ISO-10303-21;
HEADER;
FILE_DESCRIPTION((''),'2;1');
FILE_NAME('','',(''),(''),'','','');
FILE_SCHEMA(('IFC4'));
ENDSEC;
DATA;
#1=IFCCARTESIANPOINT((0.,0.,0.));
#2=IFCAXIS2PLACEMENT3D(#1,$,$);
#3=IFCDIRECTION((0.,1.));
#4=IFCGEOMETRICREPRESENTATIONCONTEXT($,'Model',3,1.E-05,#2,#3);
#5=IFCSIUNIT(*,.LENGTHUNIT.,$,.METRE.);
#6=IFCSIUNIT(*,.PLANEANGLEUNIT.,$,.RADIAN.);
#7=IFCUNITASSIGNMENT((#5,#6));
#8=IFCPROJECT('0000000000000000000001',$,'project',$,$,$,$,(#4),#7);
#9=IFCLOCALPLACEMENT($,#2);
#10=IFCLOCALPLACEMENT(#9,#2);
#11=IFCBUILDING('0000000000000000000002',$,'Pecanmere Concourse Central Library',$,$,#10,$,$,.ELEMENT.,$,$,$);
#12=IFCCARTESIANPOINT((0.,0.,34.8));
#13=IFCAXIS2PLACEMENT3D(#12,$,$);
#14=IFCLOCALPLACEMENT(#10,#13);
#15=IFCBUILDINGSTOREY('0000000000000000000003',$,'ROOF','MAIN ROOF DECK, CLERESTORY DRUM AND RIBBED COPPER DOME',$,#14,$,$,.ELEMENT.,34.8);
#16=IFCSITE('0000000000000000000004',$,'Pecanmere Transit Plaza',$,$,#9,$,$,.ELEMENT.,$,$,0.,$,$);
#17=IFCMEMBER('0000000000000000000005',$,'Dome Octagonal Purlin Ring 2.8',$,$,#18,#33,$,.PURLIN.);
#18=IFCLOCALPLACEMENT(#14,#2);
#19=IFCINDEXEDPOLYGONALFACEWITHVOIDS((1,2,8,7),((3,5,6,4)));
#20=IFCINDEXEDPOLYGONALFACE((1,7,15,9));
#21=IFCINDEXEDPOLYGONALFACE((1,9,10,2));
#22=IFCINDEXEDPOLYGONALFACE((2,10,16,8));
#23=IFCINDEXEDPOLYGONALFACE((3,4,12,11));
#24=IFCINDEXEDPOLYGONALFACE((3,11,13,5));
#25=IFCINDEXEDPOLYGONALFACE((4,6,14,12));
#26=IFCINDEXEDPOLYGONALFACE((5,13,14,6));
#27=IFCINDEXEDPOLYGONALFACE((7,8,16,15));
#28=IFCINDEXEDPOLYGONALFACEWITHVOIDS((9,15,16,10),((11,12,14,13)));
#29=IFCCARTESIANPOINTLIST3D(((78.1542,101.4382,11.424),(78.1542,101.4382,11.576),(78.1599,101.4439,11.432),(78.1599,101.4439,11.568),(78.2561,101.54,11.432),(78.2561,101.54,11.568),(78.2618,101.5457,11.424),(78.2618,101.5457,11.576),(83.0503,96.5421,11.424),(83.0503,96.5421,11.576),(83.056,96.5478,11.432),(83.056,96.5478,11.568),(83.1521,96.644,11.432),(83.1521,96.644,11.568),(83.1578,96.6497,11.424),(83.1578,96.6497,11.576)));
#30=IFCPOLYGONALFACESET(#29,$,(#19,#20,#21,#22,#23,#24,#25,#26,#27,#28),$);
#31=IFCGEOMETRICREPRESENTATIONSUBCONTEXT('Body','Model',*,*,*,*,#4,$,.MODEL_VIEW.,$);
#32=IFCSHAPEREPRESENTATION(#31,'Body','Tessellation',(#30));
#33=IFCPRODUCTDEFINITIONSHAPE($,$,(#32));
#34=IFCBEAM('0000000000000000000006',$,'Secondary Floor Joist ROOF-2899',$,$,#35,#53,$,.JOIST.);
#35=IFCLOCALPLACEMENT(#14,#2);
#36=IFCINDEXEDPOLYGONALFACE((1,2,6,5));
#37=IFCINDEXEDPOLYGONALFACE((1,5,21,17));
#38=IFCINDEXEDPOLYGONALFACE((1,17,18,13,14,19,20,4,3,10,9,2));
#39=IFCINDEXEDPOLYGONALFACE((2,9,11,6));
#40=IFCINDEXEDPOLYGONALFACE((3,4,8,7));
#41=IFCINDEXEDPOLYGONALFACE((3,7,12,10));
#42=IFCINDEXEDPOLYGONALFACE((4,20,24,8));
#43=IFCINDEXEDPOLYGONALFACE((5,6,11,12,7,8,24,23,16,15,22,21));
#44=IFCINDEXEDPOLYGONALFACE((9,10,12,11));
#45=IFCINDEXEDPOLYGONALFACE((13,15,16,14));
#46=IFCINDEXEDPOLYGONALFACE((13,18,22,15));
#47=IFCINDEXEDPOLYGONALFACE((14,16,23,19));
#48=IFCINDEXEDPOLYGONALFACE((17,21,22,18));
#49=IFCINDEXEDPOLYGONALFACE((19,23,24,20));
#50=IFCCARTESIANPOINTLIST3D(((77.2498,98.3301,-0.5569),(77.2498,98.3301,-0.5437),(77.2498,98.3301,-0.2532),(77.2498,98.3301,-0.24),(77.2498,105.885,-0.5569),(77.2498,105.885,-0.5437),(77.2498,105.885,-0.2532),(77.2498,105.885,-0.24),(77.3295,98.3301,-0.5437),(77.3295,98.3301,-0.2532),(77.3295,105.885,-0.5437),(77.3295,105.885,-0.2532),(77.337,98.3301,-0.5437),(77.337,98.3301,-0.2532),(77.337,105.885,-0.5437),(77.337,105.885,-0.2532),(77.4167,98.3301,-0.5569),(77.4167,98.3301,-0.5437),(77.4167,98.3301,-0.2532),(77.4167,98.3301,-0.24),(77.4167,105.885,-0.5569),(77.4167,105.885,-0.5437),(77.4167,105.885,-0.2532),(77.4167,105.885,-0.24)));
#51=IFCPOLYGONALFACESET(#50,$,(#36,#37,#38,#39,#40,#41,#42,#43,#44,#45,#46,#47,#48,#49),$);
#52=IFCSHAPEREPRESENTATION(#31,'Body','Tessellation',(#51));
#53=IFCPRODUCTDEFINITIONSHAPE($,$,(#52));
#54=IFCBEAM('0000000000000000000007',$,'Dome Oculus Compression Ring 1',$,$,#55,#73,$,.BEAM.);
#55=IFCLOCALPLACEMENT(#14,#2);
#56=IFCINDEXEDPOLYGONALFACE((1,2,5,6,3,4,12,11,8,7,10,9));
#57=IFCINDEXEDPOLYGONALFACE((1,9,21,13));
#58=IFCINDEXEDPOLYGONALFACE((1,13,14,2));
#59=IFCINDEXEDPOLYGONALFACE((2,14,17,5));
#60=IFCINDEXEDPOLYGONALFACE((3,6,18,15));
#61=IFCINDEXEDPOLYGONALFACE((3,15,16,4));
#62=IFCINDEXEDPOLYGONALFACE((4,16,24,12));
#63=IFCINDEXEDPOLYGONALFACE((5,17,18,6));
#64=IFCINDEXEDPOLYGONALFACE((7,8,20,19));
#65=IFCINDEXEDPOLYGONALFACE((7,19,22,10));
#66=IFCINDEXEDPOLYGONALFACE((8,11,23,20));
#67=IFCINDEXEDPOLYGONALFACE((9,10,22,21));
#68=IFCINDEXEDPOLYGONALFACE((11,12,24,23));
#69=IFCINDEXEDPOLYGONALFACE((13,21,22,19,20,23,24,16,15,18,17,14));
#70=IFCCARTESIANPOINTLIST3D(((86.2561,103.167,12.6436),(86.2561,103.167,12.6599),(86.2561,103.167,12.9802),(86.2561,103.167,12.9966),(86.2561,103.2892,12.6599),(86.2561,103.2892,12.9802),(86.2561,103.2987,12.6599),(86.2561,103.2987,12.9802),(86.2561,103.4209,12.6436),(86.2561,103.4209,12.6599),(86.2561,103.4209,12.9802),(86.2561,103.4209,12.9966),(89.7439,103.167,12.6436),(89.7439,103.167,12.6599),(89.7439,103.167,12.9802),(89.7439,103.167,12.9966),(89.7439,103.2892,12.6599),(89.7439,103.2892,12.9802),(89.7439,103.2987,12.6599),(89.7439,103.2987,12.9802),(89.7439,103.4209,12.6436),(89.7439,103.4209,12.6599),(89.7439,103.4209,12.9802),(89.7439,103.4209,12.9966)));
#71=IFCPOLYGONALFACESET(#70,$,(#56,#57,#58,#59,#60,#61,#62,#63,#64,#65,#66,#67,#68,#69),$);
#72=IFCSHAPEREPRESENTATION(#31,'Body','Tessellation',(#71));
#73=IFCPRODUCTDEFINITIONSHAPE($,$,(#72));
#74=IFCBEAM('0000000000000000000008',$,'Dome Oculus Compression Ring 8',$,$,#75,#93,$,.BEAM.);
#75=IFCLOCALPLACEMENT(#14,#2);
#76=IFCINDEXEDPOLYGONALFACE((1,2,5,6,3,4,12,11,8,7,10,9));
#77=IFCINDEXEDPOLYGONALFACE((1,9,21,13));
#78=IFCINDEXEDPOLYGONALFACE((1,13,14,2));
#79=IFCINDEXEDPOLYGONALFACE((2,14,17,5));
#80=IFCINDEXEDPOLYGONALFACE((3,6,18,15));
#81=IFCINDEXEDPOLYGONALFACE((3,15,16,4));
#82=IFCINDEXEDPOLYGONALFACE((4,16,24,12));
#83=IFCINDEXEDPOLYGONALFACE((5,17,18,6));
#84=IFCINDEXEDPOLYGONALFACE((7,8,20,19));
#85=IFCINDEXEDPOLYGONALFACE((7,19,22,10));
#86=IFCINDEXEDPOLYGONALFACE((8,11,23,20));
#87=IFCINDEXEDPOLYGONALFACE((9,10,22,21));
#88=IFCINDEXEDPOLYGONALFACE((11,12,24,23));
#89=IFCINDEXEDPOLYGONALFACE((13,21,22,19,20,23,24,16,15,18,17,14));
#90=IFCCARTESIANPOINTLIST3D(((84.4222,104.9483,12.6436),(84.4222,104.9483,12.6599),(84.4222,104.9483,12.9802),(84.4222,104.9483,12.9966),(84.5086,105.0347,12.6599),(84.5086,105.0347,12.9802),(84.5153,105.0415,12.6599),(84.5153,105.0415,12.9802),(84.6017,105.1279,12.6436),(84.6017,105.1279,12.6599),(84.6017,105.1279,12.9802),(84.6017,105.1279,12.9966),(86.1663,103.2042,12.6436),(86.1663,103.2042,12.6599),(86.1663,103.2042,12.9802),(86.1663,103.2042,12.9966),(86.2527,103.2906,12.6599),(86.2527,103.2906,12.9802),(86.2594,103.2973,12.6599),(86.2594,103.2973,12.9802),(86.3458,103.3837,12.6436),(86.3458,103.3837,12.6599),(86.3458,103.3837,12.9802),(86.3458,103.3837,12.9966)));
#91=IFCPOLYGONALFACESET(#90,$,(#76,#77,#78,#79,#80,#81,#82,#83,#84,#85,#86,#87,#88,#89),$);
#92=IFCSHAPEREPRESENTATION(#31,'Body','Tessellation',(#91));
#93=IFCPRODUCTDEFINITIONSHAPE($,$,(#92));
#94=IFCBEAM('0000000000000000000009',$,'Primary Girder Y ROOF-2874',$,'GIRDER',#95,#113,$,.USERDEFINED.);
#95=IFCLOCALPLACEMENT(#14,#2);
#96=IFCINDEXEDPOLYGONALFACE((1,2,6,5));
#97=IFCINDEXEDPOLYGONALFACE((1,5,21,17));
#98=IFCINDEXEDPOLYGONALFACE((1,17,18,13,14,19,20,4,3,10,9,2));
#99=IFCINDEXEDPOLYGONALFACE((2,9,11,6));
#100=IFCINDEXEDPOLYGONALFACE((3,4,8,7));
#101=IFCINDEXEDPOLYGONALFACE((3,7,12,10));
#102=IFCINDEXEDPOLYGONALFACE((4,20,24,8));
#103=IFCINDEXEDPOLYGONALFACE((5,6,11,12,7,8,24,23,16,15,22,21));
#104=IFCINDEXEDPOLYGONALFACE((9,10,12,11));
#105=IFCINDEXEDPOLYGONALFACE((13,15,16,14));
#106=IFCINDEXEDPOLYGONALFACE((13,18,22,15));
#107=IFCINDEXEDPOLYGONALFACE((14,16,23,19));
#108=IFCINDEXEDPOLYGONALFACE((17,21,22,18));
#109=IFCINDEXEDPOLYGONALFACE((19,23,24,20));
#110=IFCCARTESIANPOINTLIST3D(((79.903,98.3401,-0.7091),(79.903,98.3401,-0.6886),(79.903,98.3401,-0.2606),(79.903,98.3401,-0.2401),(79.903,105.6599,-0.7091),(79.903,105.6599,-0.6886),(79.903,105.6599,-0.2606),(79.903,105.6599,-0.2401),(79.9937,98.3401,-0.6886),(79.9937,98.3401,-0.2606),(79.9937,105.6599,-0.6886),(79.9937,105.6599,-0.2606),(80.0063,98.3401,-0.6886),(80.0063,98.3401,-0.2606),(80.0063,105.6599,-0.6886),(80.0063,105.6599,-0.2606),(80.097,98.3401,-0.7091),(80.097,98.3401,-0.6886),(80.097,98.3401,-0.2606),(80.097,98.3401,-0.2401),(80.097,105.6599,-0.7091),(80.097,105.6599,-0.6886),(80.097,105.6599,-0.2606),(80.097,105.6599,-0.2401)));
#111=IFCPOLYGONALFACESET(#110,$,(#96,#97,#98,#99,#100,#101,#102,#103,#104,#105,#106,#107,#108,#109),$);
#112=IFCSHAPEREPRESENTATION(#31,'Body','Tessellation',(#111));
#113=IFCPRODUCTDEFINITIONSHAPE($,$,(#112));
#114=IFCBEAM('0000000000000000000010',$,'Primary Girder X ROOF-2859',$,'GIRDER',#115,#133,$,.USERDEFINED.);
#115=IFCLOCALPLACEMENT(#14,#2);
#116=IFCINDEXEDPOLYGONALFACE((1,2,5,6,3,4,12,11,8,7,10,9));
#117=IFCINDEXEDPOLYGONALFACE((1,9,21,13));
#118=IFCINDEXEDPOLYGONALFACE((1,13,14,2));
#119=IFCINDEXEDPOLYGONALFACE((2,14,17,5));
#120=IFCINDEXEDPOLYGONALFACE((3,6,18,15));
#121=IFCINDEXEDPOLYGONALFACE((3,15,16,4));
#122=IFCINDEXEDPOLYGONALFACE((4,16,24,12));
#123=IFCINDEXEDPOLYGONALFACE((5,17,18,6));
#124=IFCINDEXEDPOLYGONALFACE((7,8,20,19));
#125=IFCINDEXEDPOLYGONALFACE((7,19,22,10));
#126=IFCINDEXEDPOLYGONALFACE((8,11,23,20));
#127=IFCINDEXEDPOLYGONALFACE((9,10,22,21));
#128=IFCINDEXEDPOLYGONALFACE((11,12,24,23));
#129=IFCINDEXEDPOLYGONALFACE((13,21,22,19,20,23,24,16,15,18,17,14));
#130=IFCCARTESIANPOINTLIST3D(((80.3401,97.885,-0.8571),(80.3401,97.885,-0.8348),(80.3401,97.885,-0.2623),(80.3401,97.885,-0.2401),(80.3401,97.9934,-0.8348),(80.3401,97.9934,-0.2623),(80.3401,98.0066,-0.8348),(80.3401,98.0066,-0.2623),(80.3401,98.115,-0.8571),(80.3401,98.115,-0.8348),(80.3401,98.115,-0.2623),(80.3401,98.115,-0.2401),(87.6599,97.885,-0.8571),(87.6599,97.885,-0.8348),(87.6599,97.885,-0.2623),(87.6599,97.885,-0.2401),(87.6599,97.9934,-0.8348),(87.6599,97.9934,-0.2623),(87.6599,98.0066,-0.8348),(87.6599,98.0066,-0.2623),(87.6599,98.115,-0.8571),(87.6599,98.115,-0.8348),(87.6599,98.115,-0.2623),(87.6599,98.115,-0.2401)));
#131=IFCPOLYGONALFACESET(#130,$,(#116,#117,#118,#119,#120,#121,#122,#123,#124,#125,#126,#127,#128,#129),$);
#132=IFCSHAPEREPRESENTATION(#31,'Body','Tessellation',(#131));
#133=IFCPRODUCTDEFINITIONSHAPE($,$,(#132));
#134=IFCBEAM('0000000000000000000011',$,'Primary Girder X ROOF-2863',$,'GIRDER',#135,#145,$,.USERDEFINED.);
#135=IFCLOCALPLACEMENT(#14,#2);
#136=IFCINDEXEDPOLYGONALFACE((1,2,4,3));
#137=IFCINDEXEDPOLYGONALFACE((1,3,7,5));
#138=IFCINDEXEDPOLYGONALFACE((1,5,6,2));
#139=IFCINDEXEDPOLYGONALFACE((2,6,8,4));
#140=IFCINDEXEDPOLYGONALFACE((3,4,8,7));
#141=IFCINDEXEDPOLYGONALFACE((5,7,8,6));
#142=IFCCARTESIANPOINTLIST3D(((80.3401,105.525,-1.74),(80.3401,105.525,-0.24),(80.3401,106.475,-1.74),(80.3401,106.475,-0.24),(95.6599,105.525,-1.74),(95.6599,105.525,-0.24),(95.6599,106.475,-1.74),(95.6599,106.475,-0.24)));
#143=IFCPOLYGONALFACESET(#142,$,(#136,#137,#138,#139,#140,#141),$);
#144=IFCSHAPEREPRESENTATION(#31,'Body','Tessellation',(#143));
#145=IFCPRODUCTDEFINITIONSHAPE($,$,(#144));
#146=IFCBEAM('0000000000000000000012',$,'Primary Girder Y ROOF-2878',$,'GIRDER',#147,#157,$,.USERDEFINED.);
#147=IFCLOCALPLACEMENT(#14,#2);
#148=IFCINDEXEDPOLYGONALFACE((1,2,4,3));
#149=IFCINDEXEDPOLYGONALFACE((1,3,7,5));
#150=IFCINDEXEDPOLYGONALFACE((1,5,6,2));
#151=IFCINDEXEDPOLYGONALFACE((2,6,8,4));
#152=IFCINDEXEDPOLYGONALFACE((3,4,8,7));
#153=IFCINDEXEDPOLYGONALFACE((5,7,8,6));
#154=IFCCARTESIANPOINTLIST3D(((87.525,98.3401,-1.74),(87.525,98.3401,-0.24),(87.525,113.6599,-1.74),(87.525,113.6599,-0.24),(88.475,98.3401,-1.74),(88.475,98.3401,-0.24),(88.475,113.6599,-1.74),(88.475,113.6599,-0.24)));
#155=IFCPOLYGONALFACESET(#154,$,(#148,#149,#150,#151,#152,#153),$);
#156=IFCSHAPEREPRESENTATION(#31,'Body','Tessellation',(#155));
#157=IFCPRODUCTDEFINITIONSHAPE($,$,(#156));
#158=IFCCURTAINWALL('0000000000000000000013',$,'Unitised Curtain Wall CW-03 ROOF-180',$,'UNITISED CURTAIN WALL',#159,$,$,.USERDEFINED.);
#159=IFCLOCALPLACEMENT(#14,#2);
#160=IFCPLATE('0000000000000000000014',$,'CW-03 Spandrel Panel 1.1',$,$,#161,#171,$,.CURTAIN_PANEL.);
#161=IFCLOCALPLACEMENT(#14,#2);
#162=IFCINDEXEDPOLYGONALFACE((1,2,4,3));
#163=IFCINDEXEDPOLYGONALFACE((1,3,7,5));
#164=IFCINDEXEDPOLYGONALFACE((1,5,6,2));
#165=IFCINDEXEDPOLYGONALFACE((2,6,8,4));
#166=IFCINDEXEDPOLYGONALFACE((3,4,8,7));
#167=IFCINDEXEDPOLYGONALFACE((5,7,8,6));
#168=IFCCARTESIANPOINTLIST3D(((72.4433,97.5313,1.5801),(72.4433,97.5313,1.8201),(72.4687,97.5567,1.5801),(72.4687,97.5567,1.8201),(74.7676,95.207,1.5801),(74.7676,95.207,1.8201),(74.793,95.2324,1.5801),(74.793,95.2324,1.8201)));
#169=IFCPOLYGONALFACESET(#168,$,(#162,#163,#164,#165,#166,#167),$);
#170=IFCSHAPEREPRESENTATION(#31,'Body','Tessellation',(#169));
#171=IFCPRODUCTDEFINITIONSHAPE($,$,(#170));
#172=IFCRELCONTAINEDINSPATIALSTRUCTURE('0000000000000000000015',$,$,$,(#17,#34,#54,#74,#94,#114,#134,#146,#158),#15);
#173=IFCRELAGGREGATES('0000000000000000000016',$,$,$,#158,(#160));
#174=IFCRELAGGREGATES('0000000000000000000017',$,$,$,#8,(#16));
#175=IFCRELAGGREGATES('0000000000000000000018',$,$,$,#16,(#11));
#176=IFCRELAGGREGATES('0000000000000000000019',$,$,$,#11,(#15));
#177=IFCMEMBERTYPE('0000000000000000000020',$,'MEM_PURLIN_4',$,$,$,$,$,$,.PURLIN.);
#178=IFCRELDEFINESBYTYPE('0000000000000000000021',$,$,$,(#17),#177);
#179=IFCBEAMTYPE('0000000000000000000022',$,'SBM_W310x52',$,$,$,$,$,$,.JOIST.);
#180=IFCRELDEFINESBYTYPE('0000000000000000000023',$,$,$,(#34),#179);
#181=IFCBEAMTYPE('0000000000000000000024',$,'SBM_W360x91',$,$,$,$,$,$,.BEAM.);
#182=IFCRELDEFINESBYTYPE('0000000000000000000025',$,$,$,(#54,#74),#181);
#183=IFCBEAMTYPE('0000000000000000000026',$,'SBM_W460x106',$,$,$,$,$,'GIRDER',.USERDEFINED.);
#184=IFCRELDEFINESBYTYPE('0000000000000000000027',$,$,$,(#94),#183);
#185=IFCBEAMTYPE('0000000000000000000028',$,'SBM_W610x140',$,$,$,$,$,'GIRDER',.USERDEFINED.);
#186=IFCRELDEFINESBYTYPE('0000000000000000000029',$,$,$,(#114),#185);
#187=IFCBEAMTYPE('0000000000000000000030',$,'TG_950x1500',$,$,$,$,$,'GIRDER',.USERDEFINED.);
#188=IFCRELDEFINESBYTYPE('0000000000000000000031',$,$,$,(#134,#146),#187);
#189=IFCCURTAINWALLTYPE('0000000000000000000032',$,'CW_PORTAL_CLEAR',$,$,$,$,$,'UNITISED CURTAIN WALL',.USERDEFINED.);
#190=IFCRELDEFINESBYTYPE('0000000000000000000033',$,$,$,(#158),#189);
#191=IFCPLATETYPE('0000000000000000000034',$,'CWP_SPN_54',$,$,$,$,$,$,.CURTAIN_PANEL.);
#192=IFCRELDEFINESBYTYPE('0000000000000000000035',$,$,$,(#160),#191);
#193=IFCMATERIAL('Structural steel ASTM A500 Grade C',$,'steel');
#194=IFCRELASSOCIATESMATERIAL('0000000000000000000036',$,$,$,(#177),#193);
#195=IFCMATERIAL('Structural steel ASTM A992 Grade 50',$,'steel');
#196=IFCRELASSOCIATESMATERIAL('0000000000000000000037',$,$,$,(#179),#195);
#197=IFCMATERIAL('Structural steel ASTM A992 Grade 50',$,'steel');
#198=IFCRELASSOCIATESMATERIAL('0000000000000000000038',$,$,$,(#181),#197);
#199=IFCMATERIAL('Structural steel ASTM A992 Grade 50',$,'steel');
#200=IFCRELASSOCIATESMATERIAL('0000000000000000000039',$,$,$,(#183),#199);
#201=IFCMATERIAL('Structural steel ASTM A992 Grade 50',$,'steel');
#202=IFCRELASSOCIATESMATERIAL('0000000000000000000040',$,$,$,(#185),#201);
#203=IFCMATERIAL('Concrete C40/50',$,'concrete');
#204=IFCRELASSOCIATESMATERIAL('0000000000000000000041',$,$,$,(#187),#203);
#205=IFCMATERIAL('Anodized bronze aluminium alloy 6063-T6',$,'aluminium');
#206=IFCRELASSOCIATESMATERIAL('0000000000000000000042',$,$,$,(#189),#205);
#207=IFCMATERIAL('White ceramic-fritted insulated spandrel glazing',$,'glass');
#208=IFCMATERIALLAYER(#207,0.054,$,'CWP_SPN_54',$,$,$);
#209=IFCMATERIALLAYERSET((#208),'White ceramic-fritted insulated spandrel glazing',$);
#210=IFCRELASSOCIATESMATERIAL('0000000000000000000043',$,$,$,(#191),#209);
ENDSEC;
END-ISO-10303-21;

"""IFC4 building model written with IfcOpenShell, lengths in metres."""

from ifc_helpers import new_model, si_unit, direction, frame, origin, origin_2d, place, context, subcontext, project, spatial, rectangle, hollow_rectangle, i_section, extrude, material, layer, layer_set, material_profile, profile_set, type_object, element, aggregate, save


model = new_model("IFC4")

# Units and contexts
model_context = context("Model", 3, precision=1e-05, world=origin(), true_north=direction((0.0, 1.0)))
body_context = subcontext(model_context, "Body", "Model", "MODEL_VIEW")
ifc_project = project(units=[si_unit("LENGTHUNIT", "METRE"), si_unit("PLANEANGLEUNIT", "RADIAN")], contexts=[model_context])

# Site, building, storey
site_placement = place(None, origin())
site = spatial("IfcSite", under=ifc_project, at=site_placement, Name="Pecanmere Transit Plaza", CompositionType="ELEMENT", RefElevation=0.0)
building_placement = place(site_placement, origin())
building = spatial("IfcBuilding", under=site, at=building_placement, Name="Pecanmere Concourse Central Library", CompositionType="ELEMENT")
storey_placement = place(building_placement, frame((0.0, 0.0, 34.8)))
storey = spatial("IfcBuildingStorey", under=building, at=storey_placement, Name="ROOF", Description="MAIN ROOF DECK, CLERESTORY DRUM AND RIBBED COPPER DOME", CompositionType="ELEMENT", Elevation=34.8)

# Member
ifc_material_1 = material(Name="Structural steel ASTM A500 Grade C", Category="steel")
ifc_material_profile_1 = material_profile(ifc_material_1, hollow_rectangle(XDim=0.1521, YDim=0.1521, WallThickness=0.0081, at=origin_2d()), Name="HSS152x152x8.0")
ifc_profile_set_1 = profile_set([ifc_material_profile_1], Name="Structural steel ASTM A500 Grade C")
member_type_1 = type_object("IfcMemberType", Name="MEM_PURLIN_4", PredefinedType="PURLIN", material=ifc_profile_set_1)
member_1_placement = place(storey_placement, frame((78.208, 101.4919, 11.5), z_axis=(0.707107, -0.707107, 0.0), x_axis=(0.707107, 0.707107, 0.0)))
element("IfcMember", 1, at=member_1_placement, inside=storey, type_object=member_type_1, Name="Dome Octagonal Purlin Ring 2.8", PredefinedType="PURLIN", context=body_context, shape_type="SweptSolid", body=[
    extrude(hollow_rectangle(XDim=0.1521, YDim=0.1521, WallThickness=0.0081, at=origin_2d()), origin(), (0.0, 0.0, 1.0), 6.9241),
])

# Beams
ifc_material_2 = material(Name="Structural steel ASTM A992 Grade 50", Category="steel")
ifc_material_profile_2 = material_profile(ifc_material_2, i_section(OverallWidth=0.167, OverallDepth=0.3169, WebThickness=0.0076, FlangeThickness=0.0132, at=origin_2d()), Name="W310x52")
ifc_profile_set_2 = profile_set([ifc_material_profile_2], Name="Structural steel ASTM A992 Grade 50")
beam_type_1 = type_object("IfcBeamType", Name="SBM_W310x52", PredefinedType="JOIST", material=ifc_profile_set_2)
beam_1_placement = place(storey_placement, frame((77.3333, 98.3301, -0.3984), z_axis=(0.0, 1.0, 0.0), x_axis=(-1.0, 0.0, 0.0)))
element("IfcBeam", 2, at=beam_1_placement, inside=storey, type_object=beam_type_1, Name="Secondary Floor Joist ROOF-2899", PredefinedType="JOIST", context=body_context, shape_type="SweptSolid", body=[
    extrude(i_section(OverallWidth=0.167, OverallDepth=0.3169, WebThickness=0.0076, FlangeThickness=0.0132, at=origin_2d()), origin(), (0.0, 0.0, 1.0), 7.5549),
])
ifc_material_3 = material(Name="Structural steel ASTM A992 Grade 50", Category="steel")
ifc_material_profile_3 = material_profile(ifc_material_3, i_section(OverallWidth=0.2539, OverallDepth=0.353, WebThickness=0.0095, FlangeThickness=0.0164, at=origin_2d()), Name="W360x91")
ifc_profile_set_3 = profile_set([ifc_material_profile_3], Name="Structural steel ASTM A992 Grade 50")
beam_type_2 = type_object("IfcBeamType", Name="SBM_W360x91", PredefinedType="BEAM", material=ifc_profile_set_3)
beam_2_placement = place(storey_placement, frame((86.2561, 103.2939, 12.8201), z_axis=(1.0, 0.0, 0.0), x_axis=(0.0, 1.0, 0.0)))
element("IfcBeam", 3, at=beam_2_placement, inside=storey, type_object=beam_type_2, Name="Dome Oculus Compression Ring 1", PredefinedType="BEAM", context=body_context, shape_type="SweptSolid", body=[
    extrude(i_section(OverallWidth=0.2539, OverallDepth=0.353, WebThickness=0.0095, FlangeThickness=0.0164, at=origin_2d()), origin(), (0.0, 0.0, 1.0), 3.4878),
])
beam_3_placement = place(storey_placement, frame((84.512, 105.0381, 12.8201), z_axis=(0.707107, -0.707107, 0.0), x_axis=(0.707107, 0.707107, 0.0)))
element("IfcBeam", 4, at=beam_3_placement, inside=storey, type_object=beam_type_2, Name="Dome Oculus Compression Ring 8", PredefinedType="BEAM", context=body_context, shape_type="SweptSolid", body=[
    extrude(i_section(OverallWidth=0.2539, OverallDepth=0.353, WebThickness=0.0095, FlangeThickness=0.0164, at=origin_2d()), origin(), (0.0, 0.0, 1.0), 2.4666),
])
ifc_material_4 = material(Name="Structural steel ASTM A992 Grade 50", Category="steel")
ifc_material_profile_4 = material_profile(ifc_material_4, i_section(OverallWidth=0.1941, OverallDepth=0.469, WebThickness=0.0127, FlangeThickness=0.0205, at=origin_2d()), Name="W460x106")
ifc_profile_set_4 = profile_set([ifc_material_profile_4], Name="Structural steel ASTM A992 Grade 50")
beam_type_3 = type_object("IfcBeamType", Name="SBM_W460x106", ElementType="GIRDER", PredefinedType="USERDEFINED", material=ifc_profile_set_4)
beam_4_placement = place(storey_placement, frame((80.0, 98.3401, -0.4746), z_axis=(0.0, 1.0, 0.0), x_axis=(-1.0, 0.0, 0.0)))
element("IfcBeam", 5, at=beam_4_placement, inside=storey, type_object=beam_type_3, Name="Primary Girder Y ROOF-2874", ObjectType="GIRDER", PredefinedType="USERDEFINED", context=body_context, shape_type="SweptSolid", body=[
    extrude(i_section(OverallWidth=0.1941, OverallDepth=0.469, WebThickness=0.0127, FlangeThickness=0.0205, at=origin_2d()), origin(), (0.0, 0.0, 1.0), 7.3198),
])
ifc_material_5 = material(Name="Structural steel ASTM A992 Grade 50", Category="steel")
ifc_material_profile_5 = material_profile(ifc_material_5, i_section(OverallWidth=0.23, OverallDepth=0.6169, WebThickness=0.0132, FlangeThickness=0.0222, at=origin_2d()), Name="W610x140")
ifc_profile_set_5 = profile_set([ifc_material_profile_5], Name="Structural steel ASTM A992 Grade 50")
beam_type_4 = type_object("IfcBeamType", Name="SBM_W610x140", ElementType="GIRDER", PredefinedType="USERDEFINED", material=ifc_profile_set_5)
beam_5_placement = place(storey_placement, frame((80.3401, 98.0, -0.5486), z_axis=(1.0, 0.0, 0.0), x_axis=(0.0, 1.0, 0.0)))
element("IfcBeam", 6, at=beam_5_placement, inside=storey, type_object=beam_type_4, Name="Primary Girder X ROOF-2859", ObjectType="GIRDER", PredefinedType="USERDEFINED", context=body_context, shape_type="SweptSolid", body=[
    extrude(i_section(OverallWidth=0.23, OverallDepth=0.6169, WebThickness=0.0132, FlangeThickness=0.0222, at=origin_2d()), origin(), (0.0, 0.0, 1.0), 7.3198),
])
ifc_material_6 = material(Name="Concrete C40/50", Category="concrete")
ifc_material_profile_6 = material_profile(ifc_material_6, rectangle(XDim=0.95, YDim=1.5, at=origin_2d()), Name="RC 950x1500")
ifc_profile_set_6 = profile_set([ifc_material_profile_6], Name="Concrete C40/50")
beam_type_5 = type_object("IfcBeamType", Name="TG_950x1500", ElementType="GIRDER", PredefinedType="USERDEFINED", material=ifc_profile_set_6)
for number, where, z_axis, x_axis, name in (
    (7, (80.3401, 106.0, -0.99), (1.0, 0.0, 0.0), (0.0, 1.0, 0.0), "Primary Girder X ROOF-2863"),
    (8, (88.0, 98.3401, -0.99), (0.0, 1.0, 0.0), (-1.0, 0.0, 0.0), "Primary Girder Y ROOF-2878"),
):
    element("IfcBeam", number, at=place(storey_placement, frame(where, z_axis=z_axis, x_axis=x_axis)), inside=storey, type_object=beam_type_5, Name=name, ObjectType="GIRDER", PredefinedType="USERDEFINED", context=body_context, shape_type="SweptSolid", body=[
        extrude(rectangle(XDim=0.95, YDim=1.5, at=origin_2d()), origin(), (0.0, 0.0, 1.0), 15.3198),
    ])

# Curtain wall, plate
ifc_material_7 = material(Name="Anodized bronze aluminium alloy 6063-T6", Category="aluminium")
curtain_wall_type = type_object("IfcCurtainWallType", Name="CW_PORTAL_CLEAR", ElementType="UNITISED CURTAIN WALL", PredefinedType="USERDEFINED", material=ifc_material_7)
curtain_wall_placement = place(storey_placement, origin())
curtain_wall = element("IfcCurtainWall", 9, at=curtain_wall_placement, inside=storey, type_object=curtain_wall_type, Name="Unitised Curtain Wall CW-03 ROOF-180", ObjectType="UNITISED CURTAIN WALL", PredefinedType="USERDEFINED")
ifc_material_8 = material(Name="White ceramic-fritted insulated spandrel glazing", Category="glass")
ifc_layer_1 = layer(ifc_material_8, 0.054, Name="CWP_SPN_54")
ifc_layer_set_1 = layer_set([ifc_layer_1], Name="White ceramic-fritted insulated spandrel glazing")
plate_type_1 = type_object("IfcPlateType", Name="CWP_SPN_54", PredefinedType="CURTAIN_PANEL", material=ifc_layer_set_1)
plate_1_placement = place(storey_placement, frame((73.6182, 96.3818, 1.5801), z_axis=(0.0, 0.0, 1.0), x_axis=(0.707107, -0.707107, 0.0)))
plate_1 = element("IfcPlate", 10, at=plate_1_placement, type_object=plate_type_1, Name="CW-03 Spandrel Panel 1.1", PredefinedType="CURTAIN_PANEL", context=body_context, shape_type="SweptSolid", body=[
    extrude(rectangle(XDim=3.2871, YDim=0.0359, at=origin_2d()), origin(), (0.0, 0.0, 1.0), 0.24),
])
aggregate(curtain_wall, [plate_1])

save(model, "model.ifc")
